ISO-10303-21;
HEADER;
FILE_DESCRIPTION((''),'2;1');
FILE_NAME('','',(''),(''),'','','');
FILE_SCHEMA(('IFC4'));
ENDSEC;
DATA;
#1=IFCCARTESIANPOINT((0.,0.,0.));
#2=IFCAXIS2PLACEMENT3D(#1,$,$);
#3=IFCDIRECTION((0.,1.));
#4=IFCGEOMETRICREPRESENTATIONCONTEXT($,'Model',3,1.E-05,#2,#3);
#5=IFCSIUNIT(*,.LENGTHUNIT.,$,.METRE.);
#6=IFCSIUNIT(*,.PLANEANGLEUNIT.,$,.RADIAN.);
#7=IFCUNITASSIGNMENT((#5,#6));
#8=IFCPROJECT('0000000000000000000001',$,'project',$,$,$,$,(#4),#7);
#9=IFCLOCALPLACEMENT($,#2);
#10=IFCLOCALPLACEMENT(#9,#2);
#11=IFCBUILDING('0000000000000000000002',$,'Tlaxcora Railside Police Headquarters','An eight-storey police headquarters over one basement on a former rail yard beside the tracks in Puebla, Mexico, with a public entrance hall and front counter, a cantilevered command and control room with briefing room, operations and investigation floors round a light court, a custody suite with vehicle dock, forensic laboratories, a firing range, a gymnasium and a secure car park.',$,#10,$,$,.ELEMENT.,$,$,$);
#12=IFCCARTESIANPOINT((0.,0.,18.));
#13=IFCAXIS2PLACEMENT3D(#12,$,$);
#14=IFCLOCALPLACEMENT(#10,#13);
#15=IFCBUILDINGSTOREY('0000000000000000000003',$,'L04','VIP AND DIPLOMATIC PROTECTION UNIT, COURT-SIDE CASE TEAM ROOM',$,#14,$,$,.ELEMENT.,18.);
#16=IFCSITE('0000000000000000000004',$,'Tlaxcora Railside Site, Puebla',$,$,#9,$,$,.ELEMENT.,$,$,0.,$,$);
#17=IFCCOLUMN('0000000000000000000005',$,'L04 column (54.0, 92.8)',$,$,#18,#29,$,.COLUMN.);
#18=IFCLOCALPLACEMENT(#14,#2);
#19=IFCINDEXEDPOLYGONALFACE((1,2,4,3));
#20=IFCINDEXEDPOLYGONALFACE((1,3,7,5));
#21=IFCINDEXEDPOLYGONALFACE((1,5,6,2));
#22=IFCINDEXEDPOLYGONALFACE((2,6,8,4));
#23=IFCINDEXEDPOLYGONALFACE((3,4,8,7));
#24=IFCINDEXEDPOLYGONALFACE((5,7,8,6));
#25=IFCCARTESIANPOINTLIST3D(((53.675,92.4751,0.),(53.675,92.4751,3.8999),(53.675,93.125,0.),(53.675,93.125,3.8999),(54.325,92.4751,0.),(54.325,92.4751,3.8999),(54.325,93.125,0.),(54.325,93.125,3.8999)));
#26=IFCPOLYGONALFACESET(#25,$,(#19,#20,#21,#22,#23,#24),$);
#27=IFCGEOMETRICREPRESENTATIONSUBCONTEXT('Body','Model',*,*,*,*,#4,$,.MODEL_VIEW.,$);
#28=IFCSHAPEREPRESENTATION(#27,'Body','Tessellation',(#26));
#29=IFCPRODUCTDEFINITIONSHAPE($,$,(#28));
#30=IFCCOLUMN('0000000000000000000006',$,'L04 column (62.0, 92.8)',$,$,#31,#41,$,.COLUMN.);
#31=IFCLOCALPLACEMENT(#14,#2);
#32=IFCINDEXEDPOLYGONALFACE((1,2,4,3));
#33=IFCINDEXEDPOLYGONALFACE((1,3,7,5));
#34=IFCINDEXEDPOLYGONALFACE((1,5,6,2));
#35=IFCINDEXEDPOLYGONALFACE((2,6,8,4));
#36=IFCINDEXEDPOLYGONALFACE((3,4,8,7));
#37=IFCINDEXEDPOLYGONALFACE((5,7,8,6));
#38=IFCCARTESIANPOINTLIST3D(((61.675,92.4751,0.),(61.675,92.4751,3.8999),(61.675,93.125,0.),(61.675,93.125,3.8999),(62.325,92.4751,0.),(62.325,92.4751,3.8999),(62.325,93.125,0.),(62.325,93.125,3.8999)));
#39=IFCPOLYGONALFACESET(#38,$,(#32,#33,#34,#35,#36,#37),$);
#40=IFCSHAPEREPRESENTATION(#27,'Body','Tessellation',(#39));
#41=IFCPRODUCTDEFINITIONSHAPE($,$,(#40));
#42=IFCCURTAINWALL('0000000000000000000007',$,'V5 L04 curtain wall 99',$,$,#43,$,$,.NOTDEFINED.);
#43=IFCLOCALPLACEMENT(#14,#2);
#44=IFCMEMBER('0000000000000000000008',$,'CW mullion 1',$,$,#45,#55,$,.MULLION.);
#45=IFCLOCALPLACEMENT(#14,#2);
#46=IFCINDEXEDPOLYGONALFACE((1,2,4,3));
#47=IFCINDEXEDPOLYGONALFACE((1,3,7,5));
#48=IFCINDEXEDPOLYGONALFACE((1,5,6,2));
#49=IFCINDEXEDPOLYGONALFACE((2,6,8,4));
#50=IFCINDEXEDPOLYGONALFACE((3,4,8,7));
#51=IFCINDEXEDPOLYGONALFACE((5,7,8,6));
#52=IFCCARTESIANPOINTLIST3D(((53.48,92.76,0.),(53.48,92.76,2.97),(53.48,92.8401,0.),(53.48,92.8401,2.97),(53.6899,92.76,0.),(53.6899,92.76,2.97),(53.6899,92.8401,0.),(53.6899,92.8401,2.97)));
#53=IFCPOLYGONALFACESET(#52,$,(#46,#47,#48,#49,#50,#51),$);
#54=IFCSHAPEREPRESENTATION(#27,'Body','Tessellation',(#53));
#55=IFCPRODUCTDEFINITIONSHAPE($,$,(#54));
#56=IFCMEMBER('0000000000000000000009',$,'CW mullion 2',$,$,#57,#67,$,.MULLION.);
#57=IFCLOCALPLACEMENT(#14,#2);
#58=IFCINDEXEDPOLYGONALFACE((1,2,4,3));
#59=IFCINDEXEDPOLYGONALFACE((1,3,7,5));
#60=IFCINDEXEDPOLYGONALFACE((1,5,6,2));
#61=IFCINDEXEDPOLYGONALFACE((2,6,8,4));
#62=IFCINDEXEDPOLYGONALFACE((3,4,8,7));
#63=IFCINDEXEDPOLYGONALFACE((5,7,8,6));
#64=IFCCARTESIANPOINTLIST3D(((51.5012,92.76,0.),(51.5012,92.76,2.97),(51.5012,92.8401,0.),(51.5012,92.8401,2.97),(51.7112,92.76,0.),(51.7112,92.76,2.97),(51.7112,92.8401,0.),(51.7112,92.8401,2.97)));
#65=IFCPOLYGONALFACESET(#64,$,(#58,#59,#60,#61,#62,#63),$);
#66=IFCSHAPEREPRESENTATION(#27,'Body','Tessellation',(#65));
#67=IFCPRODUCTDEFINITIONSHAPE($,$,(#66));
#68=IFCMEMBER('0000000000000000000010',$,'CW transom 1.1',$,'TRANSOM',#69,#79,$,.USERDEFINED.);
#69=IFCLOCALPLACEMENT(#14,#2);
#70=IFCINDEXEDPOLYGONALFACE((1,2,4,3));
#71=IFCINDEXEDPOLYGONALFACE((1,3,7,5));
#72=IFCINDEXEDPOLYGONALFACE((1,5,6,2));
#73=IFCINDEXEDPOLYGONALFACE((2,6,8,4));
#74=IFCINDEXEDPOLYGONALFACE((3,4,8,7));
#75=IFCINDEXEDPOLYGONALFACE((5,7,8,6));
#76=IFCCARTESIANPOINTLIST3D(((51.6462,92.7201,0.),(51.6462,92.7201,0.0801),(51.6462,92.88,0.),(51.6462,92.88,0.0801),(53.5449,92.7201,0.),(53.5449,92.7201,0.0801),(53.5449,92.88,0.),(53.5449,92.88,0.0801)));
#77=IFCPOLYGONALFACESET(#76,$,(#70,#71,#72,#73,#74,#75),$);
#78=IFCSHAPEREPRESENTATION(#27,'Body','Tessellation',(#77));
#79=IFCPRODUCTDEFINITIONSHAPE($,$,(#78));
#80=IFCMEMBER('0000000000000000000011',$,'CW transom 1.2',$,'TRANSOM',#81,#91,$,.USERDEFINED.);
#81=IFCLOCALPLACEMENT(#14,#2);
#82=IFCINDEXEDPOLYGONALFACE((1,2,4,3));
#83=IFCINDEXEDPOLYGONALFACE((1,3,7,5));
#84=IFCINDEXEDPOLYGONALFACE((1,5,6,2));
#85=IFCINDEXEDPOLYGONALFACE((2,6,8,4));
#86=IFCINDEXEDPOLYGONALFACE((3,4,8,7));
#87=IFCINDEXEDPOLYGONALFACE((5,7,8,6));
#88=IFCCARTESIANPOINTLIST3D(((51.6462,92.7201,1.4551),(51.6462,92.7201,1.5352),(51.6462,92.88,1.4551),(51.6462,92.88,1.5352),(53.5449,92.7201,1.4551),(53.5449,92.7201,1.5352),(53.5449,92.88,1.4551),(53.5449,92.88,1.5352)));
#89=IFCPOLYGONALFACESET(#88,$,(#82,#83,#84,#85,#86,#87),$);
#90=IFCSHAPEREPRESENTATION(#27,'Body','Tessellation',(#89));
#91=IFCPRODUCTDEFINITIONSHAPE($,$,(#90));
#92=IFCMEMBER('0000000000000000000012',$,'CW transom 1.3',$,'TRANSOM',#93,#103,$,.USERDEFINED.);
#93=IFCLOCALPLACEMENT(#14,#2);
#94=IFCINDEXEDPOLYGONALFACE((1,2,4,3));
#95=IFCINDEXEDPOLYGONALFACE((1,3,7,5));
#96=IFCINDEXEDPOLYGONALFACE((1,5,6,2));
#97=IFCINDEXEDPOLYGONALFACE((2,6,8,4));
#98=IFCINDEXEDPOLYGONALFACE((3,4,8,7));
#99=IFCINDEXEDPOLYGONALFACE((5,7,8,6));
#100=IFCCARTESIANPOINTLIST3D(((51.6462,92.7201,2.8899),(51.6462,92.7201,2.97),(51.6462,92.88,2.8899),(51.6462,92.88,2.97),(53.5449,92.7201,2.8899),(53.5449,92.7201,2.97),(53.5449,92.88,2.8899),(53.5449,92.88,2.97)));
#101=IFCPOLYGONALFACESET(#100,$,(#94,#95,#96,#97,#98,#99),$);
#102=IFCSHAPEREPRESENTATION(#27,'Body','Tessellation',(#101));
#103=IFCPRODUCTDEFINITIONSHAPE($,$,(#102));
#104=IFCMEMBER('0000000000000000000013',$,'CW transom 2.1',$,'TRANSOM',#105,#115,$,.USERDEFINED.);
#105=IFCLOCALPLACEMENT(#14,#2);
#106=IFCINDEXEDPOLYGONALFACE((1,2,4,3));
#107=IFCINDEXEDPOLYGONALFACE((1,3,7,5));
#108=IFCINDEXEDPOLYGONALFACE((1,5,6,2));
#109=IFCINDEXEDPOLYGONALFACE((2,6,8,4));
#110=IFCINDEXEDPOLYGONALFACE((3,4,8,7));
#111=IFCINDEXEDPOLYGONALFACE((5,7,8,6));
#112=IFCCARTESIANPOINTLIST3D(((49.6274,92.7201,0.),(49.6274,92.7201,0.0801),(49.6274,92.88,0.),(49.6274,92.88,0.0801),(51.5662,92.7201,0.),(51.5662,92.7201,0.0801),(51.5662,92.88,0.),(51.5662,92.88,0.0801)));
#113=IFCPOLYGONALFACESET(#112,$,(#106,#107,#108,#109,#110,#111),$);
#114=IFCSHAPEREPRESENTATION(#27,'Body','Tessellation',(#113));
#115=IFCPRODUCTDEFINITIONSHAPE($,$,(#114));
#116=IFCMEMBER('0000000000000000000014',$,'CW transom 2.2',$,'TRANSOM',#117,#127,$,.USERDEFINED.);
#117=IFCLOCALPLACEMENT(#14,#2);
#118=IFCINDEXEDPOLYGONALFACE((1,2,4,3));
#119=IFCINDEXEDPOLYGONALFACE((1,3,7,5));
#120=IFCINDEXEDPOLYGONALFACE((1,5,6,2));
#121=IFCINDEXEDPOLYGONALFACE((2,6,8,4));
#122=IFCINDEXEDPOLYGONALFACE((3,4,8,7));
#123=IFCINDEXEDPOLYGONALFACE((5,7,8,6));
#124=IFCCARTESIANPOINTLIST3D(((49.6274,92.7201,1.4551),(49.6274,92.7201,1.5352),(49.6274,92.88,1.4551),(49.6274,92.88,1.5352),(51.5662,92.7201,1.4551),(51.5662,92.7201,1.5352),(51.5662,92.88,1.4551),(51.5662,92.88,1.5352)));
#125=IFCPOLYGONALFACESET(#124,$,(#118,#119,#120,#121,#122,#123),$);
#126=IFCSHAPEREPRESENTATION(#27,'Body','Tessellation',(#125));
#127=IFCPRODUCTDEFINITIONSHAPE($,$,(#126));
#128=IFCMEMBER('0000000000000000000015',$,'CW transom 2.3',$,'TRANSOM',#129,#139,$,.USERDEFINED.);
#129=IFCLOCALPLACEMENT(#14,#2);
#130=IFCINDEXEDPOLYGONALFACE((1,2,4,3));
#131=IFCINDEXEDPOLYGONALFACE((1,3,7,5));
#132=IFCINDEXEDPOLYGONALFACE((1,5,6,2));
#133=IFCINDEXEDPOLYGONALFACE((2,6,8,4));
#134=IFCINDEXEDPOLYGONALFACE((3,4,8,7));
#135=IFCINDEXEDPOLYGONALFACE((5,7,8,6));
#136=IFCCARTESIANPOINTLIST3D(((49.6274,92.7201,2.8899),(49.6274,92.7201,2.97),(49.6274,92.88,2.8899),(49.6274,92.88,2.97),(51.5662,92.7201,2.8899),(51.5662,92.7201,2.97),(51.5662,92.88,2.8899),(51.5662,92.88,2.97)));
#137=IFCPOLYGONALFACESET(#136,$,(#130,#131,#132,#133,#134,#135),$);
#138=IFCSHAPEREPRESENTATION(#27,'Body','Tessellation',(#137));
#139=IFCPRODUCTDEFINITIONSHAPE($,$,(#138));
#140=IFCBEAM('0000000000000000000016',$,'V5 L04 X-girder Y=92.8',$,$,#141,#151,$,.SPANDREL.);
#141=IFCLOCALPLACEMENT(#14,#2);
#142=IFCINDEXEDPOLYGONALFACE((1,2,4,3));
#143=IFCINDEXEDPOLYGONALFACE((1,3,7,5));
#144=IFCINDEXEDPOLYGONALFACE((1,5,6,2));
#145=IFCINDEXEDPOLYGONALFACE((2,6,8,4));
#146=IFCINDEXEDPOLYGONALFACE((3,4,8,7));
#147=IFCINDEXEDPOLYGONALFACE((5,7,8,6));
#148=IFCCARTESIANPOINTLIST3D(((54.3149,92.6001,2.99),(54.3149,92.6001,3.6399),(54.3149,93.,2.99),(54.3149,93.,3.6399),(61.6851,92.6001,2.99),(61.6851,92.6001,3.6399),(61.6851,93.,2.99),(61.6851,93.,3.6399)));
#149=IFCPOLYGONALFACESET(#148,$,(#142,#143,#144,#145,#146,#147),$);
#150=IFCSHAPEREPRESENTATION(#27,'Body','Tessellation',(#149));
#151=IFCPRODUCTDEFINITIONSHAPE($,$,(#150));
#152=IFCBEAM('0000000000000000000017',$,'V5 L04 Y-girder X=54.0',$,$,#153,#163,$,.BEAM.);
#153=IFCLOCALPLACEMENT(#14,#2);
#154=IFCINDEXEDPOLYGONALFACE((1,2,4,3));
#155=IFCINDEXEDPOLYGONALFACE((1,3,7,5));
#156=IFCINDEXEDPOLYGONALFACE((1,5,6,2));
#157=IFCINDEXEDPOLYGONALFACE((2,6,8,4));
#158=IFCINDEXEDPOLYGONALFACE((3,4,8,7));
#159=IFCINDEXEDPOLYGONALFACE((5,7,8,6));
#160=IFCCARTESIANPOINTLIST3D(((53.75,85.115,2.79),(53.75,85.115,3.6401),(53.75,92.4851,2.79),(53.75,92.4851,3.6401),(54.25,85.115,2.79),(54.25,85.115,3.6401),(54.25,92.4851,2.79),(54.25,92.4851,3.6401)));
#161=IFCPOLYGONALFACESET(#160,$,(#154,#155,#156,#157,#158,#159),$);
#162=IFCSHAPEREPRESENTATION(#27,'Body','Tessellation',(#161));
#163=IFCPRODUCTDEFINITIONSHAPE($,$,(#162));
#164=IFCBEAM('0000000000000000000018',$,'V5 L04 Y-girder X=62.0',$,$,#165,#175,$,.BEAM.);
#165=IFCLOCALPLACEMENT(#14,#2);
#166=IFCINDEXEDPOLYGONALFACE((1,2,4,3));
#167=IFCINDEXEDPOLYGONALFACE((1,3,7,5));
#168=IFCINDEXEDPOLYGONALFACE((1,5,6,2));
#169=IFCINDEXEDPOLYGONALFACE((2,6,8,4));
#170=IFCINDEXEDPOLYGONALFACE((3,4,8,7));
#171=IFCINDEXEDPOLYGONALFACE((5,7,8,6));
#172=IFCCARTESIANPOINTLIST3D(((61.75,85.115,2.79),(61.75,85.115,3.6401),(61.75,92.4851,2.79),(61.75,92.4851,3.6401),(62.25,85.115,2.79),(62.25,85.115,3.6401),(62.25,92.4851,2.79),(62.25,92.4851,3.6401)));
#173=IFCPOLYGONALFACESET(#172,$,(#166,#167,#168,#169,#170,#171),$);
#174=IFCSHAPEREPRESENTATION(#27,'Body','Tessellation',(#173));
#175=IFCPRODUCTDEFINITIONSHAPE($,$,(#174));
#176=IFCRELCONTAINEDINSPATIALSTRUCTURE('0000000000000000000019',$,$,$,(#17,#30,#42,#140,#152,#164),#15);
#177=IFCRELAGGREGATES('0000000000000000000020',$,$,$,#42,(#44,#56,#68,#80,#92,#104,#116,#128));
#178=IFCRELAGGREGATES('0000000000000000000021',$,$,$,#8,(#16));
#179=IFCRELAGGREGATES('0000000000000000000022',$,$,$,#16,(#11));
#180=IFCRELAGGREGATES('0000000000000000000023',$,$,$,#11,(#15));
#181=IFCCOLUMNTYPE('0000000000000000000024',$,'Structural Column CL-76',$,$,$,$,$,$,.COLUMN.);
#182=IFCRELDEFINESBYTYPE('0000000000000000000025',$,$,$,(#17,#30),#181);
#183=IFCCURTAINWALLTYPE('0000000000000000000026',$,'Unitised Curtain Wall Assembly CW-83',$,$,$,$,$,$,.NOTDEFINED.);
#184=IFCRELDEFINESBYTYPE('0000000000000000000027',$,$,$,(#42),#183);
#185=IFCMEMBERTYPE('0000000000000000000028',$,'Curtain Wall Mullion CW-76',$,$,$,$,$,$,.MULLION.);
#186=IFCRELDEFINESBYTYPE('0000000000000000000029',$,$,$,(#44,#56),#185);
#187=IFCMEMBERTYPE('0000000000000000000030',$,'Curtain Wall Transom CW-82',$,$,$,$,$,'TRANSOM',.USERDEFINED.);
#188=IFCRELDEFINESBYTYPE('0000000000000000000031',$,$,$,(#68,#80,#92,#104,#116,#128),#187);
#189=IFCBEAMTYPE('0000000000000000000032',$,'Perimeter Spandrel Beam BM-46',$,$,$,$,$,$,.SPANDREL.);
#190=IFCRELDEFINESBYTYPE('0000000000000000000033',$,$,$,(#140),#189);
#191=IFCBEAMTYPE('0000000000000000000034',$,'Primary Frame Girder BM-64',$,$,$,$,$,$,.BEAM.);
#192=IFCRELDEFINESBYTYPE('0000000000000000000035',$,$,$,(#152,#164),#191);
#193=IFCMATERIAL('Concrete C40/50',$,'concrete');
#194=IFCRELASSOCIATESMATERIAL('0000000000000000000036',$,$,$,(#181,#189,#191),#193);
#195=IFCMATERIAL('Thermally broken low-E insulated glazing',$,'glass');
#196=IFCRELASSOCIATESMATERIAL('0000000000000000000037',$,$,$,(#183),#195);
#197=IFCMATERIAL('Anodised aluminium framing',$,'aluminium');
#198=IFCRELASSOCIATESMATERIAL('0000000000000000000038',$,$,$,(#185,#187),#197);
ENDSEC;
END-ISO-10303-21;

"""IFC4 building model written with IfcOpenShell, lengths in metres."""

from ifc_helpers import new_model, si_unit, direction, frame, origin, origin_2d, place, context, subcontext, project, spatial, rectangle, extrude, material, material_profile, profile_set, type_object, element, aggregate, save


model = new_model("IFC4")

# Units and contexts
model_context = context("Model", 3, precision=1e-05, world=origin(), true_north=direction((0.0, 1.0)))
body_context = subcontext(model_context, "Body", "Model", "MODEL_VIEW")
ifc_project = project(units=[si_unit("LENGTHUNIT", "METRE"), si_unit("PLANEANGLEUNIT", "RADIAN")], contexts=[model_context])

# Site, building, storey
site_placement = place(None, origin())
site = spatial("IfcSite", under=ifc_project, at=site_placement, Name="Tlaxcora Railside Site, Puebla", CompositionType="ELEMENT", RefElevation=0.0)
building_placement = place(site_placement, origin())
building = spatial("IfcBuilding", under=site, at=building_placement, Name="Tlaxcora Railside Police Headquarters", Description="An eight-storey police headquarters over one basement on a former rail yard beside the tracks in Puebla, Mexico, with a public entrance hall and front counter, a cantilevered command and control room with briefing room, operations and investigation floors round a light court, a custody suite with vehicle dock, forensic laboratories, a firing range, a gymnasium and a secure car park.", CompositionType="ELEMENT")
storey_placement = place(building_placement, frame((0.0, 0.0, 18.0)))
storey = spatial("IfcBuildingStorey", under=building, at=storey_placement, Name="L04", Description="VIP AND DIPLOMATIC PROTECTION UNIT, COURT-SIDE CASE TEAM ROOM", CompositionType="ELEMENT", Elevation=18.0)

# Columns
ifc_material_1 = material(Name="Concrete C40/50", Category="concrete")
ifc_material_profile_1 = material_profile(ifc_material_1, rectangle(XDim=0.6499, YDim=0.6499, at=origin_2d()), Name="RC650X650")
ifc_profile_set_1 = profile_set([ifc_material_profile_1], Name="Concrete C40/50")
column_type = type_object("IfcColumnType", Name="Structural Column CL-76", PredefinedType="COLUMN", material=ifc_profile_set_1)
for number, where, z_axis, x_axis, name in (
    (1, (54.0, 92.8, 0.0), (0.0, 0.0, 1.0), (1.0, 0.0, 0.0), "L04 column (54.0, 92.8)"),
    (2, (62.0, 92.8, 0.0), (0.0, 0.0, 1.0), (1.0, 0.0, 0.0), "L04 column (62.0, 92.8)"),
):
    element("IfcColumn", number, at=place(storey_placement, frame(where, z_axis=z_axis, x_axis=x_axis)), inside=storey, type_object=column_type, Name=name, PredefinedType="COLUMN", context=body_context, shape_type="SweptSolid", body=[
        extrude(rectangle(XDim=0.6499, YDim=0.6499, at=origin_2d()), origin(), (0.0, 0.0, 1.0), 3.8999),
    ])

# Curtain wall, members
ifc_material_2 = material(Name="Thermally broken low-E insulated glazing", Category="glass")
curtain_wall_type = type_object("IfcCurtainWallType", Name="Unitised Curtain Wall Assembly CW-83", PredefinedType="NOTDEFINED", material=ifc_material_2)
curtain_wall_placement = place(storey_placement, origin())
curtain_wall = element("IfcCurtainWall", 3, at=curtain_wall_placement, inside=storey, type_object=curtain_wall_type, Name="V5 L04 curtain wall 99", PredefinedType="NOTDEFINED")
ifc_material_3 = material(Name="Anodised aluminium framing", Category="aluminium")
ifc_material_profile_2 = material_profile(ifc_material_3, rectangle(XDim=0.0801, YDim=0.21, at=origin_2d()), Name="AL80X210")
ifc_profile_set_2 = profile_set([ifc_material_profile_2], Name="Anodised aluminium framing")
member_type_1 = type_object("IfcMemberType", Name="Curtain Wall Mullion CW-76", PredefinedType="MULLION", material=ifc_profile_set_2)
member_1_placement = place(storey_placement, frame((53.585, 92.8, 0.0), z_axis=(0.0, 0.0, 1.0), x_axis=(0.0, -1.0, 0.0)))
member_1 = element("IfcMember", 4, at=member_1_placement, type_object=member_type_1, Name="CW mullion 1", PredefinedType="MULLION", context=body_context, shape_type="SweptSolid", body=[
    extrude(rectangle(XDim=0.0801, YDim=0.21, at=origin_2d()), origin(), (0.0, 0.0, 1.0), 2.97),
])
member_2_placement = place(storey_placement, frame((51.6062, 92.8, 0.0), z_axis=(0.0, 0.0, 1.0), x_axis=(0.0, -1.0, 0.0)))
member_2 = element("IfcMember", 5, at=member_2_placement, type_object=member_type_1, Name="CW mullion 2", PredefinedType="MULLION", context=body_context, shape_type="SweptSolid", body=[
    extrude(rectangle(XDim=0.0801, YDim=0.21, at=origin_2d()), origin(), (0.0, 0.0, 1.0), 2.97),
])
ifc_material_profile_3 = material_profile(ifc_material_3, rectangle(XDim=0.1599, YDim=0.0801, at=origin_2d()), Name="AL80X160")
ifc_profile_set_3 = profile_set([ifc_material_profile_3], Name="Anodised aluminium framing")
member_type_2 = type_object("IfcMemberType", Name="Curtain Wall Transom CW-82", ElementType="TRANSOM", PredefinedType="USERDEFINED", material=ifc_profile_set_3)
member_3_placement = place(storey_placement, frame((53.5449, 92.8, 0.04), z_axis=(-1.0, 0.0, 0.0), x_axis=(0.0, -1.0, 0.0)))
member_3 = element("IfcMember", 6, at=member_3_placement, type_object=member_type_2, Name="CW transom 1.1", ObjectType="TRANSOM", PredefinedType="USERDEFINED", context=body_context, shape_type="SweptSolid", body=[
    extrude(rectangle(XDim=0.1599, YDim=0.0801, at=origin_2d()), origin(), (0.0, 0.0, 1.0), 1.8987),
])
member_4_placement = place(storey_placement, frame((53.5449, 92.8, 1.4951), z_axis=(-1.0, 0.0, 0.0), x_axis=(0.0, -1.0, 0.0)))
member_4 = element("IfcMember", 7, at=member_4_placement, type_object=member_type_2, Name="CW transom 1.2", ObjectType="TRANSOM", PredefinedType="USERDEFINED", context=body_context, shape_type="SweptSolid", body=[
    extrude(rectangle(XDim=0.1599, YDim=0.0801, at=origin_2d()), origin(), (0.0, 0.0, 1.0), 1.8987),
])
member_5_placement = place(storey_placement, frame((53.5449, 92.8, 2.9299), z_axis=(-1.0, 0.0, 0.0), x_axis=(0.0, -1.0, 0.0)))
member_5 = element("IfcMember", 8, at=member_5_placement, type_object=member_type_2, Name="CW transom 1.3", ObjectType="TRANSOM", PredefinedType="USERDEFINED", context=body_context, shape_type="SweptSolid", body=[
    extrude(rectangle(XDim=0.1599, YDim=0.0801, at=origin_2d()), origin(), (0.0, 0.0, 1.0), 1.8987),
])
member_6_placement = place(storey_placement, frame((51.5662, 92.8, 0.04), z_axis=(-1.0, 0.0, 0.0), x_axis=(0.0, -1.0, 0.0)))
member_6 = element("IfcMember", 9, at=member_6_placement, type_object=member_type_2, Name="CW transom 2.1", ObjectType="TRANSOM", PredefinedType="USERDEFINED", context=body_context, shape_type="SweptSolid", body=[
    extrude(rectangle(XDim=0.1599, YDim=0.0801, at=origin_2d()), origin(), (0.0, 0.0, 1.0), 1.9387),
])
member_7_placement = place(storey_placement, frame((51.5662, 92.8, 1.4951), z_axis=(-1.0, 0.0, 0.0), x_axis=(0.0, -1.0, 0.0)))
member_7 = element("IfcMember", 10, at=member_7_placement, type_object=member_type_2, Name="CW transom 2.2", ObjectType="TRANSOM", PredefinedType="USERDEFINED", context=body_context, shape_type="SweptSolid", body=[
    extrude(rectangle(XDim=0.1599, YDim=0.0801, at=origin_2d()), origin(), (0.0, 0.0, 1.0), 1.9387),
])
member_8_placement = place(storey_placement, frame((51.5662, 92.8, 2.9299), z_axis=(-1.0, 0.0, 0.0), x_axis=(0.0, -1.0, 0.0)))
member_8 = element("IfcMember", 11, at=member_8_placement, type_object=member_type_2, Name="CW transom 2.3", ObjectType="TRANSOM", PredefinedType="USERDEFINED", context=body_context, shape_type="SweptSolid", body=[
    extrude(rectangle(XDim=0.1599, YDim=0.0801, at=origin_2d()), origin(), (0.0, 0.0, 1.0), 1.9387),
])

# Beams
ifc_material_profile_4 = material_profile(ifc_material_1, rectangle(XDim=0.3999, YDim=0.6499, at=origin_2d()), Name="RC400X650")
ifc_profile_set_4 = profile_set([ifc_material_profile_4], Name="Concrete C40/50")
beam_type_1 = type_object("IfcBeamType", Name="Perimeter Spandrel Beam BM-46", PredefinedType="SPANDREL", material=ifc_profile_set_4)
beam_1_placement = place(storey_placement, frame((54.3149, 92.8, 3.3149), z_axis=(1.0, 0.0, 0.0), x_axis=(0.0, 1.0, 0.0)))
element("IfcBeam", 12, at=beam_1_placement, inside=storey, type_object=beam_type_1, Name="V5 L04 X-girder Y=92.8", PredefinedType="SPANDREL", context=body_context, shape_type="SweptSolid", body=[
    extrude(rectangle(XDim=0.3999, YDim=0.6499, at=origin_2d()), origin(), (0.0, 0.0, 1.0), 7.3701),
])
ifc_material_profile_5 = material_profile(ifc_material_1, rectangle(XDim=0.5, YDim=0.8501, at=origin_2d()), Name="RC500X850")
ifc_profile_set_5 = profile_set([ifc_material_profile_5], Name="Concrete C40/50")
beam_type_2 = type_object("IfcBeamType", Name="Primary Frame Girder BM-64", PredefinedType="BEAM", material=ifc_profile_set_5)
for number, where, z_axis, x_axis, name in (
    (13, (54.0, 85.115, 3.2151), (0.0, 1.0, 0.0), (-1.0, 0.0, 0.0), "V5 L04 Y-girder X=54.0"),
    (14, (62.0, 85.115, 3.2151), (0.0, 1.0, 0.0), (-1.0, 0.0, 0.0), "V5 L04 Y-girder X=62.0"),
):
    element("IfcBeam", number, at=place(storey_placement, frame(where, z_axis=z_axis, x_axis=x_axis)), inside=storey, type_object=beam_type_2, Name=name, PredefinedType="BEAM", context=body_context, shape_type="SweptSolid", body=[
        extrude(rectangle(XDim=0.5, YDim=0.8501, at=origin_2d()), origin(), (0.0, 0.0, 1.0), 7.3701),
    ])

aggregate(curtain_wall, [member_1, member_2, member_3, member_4, member_5, member_6, member_7, member_8])

save(model, "model.ifc")
